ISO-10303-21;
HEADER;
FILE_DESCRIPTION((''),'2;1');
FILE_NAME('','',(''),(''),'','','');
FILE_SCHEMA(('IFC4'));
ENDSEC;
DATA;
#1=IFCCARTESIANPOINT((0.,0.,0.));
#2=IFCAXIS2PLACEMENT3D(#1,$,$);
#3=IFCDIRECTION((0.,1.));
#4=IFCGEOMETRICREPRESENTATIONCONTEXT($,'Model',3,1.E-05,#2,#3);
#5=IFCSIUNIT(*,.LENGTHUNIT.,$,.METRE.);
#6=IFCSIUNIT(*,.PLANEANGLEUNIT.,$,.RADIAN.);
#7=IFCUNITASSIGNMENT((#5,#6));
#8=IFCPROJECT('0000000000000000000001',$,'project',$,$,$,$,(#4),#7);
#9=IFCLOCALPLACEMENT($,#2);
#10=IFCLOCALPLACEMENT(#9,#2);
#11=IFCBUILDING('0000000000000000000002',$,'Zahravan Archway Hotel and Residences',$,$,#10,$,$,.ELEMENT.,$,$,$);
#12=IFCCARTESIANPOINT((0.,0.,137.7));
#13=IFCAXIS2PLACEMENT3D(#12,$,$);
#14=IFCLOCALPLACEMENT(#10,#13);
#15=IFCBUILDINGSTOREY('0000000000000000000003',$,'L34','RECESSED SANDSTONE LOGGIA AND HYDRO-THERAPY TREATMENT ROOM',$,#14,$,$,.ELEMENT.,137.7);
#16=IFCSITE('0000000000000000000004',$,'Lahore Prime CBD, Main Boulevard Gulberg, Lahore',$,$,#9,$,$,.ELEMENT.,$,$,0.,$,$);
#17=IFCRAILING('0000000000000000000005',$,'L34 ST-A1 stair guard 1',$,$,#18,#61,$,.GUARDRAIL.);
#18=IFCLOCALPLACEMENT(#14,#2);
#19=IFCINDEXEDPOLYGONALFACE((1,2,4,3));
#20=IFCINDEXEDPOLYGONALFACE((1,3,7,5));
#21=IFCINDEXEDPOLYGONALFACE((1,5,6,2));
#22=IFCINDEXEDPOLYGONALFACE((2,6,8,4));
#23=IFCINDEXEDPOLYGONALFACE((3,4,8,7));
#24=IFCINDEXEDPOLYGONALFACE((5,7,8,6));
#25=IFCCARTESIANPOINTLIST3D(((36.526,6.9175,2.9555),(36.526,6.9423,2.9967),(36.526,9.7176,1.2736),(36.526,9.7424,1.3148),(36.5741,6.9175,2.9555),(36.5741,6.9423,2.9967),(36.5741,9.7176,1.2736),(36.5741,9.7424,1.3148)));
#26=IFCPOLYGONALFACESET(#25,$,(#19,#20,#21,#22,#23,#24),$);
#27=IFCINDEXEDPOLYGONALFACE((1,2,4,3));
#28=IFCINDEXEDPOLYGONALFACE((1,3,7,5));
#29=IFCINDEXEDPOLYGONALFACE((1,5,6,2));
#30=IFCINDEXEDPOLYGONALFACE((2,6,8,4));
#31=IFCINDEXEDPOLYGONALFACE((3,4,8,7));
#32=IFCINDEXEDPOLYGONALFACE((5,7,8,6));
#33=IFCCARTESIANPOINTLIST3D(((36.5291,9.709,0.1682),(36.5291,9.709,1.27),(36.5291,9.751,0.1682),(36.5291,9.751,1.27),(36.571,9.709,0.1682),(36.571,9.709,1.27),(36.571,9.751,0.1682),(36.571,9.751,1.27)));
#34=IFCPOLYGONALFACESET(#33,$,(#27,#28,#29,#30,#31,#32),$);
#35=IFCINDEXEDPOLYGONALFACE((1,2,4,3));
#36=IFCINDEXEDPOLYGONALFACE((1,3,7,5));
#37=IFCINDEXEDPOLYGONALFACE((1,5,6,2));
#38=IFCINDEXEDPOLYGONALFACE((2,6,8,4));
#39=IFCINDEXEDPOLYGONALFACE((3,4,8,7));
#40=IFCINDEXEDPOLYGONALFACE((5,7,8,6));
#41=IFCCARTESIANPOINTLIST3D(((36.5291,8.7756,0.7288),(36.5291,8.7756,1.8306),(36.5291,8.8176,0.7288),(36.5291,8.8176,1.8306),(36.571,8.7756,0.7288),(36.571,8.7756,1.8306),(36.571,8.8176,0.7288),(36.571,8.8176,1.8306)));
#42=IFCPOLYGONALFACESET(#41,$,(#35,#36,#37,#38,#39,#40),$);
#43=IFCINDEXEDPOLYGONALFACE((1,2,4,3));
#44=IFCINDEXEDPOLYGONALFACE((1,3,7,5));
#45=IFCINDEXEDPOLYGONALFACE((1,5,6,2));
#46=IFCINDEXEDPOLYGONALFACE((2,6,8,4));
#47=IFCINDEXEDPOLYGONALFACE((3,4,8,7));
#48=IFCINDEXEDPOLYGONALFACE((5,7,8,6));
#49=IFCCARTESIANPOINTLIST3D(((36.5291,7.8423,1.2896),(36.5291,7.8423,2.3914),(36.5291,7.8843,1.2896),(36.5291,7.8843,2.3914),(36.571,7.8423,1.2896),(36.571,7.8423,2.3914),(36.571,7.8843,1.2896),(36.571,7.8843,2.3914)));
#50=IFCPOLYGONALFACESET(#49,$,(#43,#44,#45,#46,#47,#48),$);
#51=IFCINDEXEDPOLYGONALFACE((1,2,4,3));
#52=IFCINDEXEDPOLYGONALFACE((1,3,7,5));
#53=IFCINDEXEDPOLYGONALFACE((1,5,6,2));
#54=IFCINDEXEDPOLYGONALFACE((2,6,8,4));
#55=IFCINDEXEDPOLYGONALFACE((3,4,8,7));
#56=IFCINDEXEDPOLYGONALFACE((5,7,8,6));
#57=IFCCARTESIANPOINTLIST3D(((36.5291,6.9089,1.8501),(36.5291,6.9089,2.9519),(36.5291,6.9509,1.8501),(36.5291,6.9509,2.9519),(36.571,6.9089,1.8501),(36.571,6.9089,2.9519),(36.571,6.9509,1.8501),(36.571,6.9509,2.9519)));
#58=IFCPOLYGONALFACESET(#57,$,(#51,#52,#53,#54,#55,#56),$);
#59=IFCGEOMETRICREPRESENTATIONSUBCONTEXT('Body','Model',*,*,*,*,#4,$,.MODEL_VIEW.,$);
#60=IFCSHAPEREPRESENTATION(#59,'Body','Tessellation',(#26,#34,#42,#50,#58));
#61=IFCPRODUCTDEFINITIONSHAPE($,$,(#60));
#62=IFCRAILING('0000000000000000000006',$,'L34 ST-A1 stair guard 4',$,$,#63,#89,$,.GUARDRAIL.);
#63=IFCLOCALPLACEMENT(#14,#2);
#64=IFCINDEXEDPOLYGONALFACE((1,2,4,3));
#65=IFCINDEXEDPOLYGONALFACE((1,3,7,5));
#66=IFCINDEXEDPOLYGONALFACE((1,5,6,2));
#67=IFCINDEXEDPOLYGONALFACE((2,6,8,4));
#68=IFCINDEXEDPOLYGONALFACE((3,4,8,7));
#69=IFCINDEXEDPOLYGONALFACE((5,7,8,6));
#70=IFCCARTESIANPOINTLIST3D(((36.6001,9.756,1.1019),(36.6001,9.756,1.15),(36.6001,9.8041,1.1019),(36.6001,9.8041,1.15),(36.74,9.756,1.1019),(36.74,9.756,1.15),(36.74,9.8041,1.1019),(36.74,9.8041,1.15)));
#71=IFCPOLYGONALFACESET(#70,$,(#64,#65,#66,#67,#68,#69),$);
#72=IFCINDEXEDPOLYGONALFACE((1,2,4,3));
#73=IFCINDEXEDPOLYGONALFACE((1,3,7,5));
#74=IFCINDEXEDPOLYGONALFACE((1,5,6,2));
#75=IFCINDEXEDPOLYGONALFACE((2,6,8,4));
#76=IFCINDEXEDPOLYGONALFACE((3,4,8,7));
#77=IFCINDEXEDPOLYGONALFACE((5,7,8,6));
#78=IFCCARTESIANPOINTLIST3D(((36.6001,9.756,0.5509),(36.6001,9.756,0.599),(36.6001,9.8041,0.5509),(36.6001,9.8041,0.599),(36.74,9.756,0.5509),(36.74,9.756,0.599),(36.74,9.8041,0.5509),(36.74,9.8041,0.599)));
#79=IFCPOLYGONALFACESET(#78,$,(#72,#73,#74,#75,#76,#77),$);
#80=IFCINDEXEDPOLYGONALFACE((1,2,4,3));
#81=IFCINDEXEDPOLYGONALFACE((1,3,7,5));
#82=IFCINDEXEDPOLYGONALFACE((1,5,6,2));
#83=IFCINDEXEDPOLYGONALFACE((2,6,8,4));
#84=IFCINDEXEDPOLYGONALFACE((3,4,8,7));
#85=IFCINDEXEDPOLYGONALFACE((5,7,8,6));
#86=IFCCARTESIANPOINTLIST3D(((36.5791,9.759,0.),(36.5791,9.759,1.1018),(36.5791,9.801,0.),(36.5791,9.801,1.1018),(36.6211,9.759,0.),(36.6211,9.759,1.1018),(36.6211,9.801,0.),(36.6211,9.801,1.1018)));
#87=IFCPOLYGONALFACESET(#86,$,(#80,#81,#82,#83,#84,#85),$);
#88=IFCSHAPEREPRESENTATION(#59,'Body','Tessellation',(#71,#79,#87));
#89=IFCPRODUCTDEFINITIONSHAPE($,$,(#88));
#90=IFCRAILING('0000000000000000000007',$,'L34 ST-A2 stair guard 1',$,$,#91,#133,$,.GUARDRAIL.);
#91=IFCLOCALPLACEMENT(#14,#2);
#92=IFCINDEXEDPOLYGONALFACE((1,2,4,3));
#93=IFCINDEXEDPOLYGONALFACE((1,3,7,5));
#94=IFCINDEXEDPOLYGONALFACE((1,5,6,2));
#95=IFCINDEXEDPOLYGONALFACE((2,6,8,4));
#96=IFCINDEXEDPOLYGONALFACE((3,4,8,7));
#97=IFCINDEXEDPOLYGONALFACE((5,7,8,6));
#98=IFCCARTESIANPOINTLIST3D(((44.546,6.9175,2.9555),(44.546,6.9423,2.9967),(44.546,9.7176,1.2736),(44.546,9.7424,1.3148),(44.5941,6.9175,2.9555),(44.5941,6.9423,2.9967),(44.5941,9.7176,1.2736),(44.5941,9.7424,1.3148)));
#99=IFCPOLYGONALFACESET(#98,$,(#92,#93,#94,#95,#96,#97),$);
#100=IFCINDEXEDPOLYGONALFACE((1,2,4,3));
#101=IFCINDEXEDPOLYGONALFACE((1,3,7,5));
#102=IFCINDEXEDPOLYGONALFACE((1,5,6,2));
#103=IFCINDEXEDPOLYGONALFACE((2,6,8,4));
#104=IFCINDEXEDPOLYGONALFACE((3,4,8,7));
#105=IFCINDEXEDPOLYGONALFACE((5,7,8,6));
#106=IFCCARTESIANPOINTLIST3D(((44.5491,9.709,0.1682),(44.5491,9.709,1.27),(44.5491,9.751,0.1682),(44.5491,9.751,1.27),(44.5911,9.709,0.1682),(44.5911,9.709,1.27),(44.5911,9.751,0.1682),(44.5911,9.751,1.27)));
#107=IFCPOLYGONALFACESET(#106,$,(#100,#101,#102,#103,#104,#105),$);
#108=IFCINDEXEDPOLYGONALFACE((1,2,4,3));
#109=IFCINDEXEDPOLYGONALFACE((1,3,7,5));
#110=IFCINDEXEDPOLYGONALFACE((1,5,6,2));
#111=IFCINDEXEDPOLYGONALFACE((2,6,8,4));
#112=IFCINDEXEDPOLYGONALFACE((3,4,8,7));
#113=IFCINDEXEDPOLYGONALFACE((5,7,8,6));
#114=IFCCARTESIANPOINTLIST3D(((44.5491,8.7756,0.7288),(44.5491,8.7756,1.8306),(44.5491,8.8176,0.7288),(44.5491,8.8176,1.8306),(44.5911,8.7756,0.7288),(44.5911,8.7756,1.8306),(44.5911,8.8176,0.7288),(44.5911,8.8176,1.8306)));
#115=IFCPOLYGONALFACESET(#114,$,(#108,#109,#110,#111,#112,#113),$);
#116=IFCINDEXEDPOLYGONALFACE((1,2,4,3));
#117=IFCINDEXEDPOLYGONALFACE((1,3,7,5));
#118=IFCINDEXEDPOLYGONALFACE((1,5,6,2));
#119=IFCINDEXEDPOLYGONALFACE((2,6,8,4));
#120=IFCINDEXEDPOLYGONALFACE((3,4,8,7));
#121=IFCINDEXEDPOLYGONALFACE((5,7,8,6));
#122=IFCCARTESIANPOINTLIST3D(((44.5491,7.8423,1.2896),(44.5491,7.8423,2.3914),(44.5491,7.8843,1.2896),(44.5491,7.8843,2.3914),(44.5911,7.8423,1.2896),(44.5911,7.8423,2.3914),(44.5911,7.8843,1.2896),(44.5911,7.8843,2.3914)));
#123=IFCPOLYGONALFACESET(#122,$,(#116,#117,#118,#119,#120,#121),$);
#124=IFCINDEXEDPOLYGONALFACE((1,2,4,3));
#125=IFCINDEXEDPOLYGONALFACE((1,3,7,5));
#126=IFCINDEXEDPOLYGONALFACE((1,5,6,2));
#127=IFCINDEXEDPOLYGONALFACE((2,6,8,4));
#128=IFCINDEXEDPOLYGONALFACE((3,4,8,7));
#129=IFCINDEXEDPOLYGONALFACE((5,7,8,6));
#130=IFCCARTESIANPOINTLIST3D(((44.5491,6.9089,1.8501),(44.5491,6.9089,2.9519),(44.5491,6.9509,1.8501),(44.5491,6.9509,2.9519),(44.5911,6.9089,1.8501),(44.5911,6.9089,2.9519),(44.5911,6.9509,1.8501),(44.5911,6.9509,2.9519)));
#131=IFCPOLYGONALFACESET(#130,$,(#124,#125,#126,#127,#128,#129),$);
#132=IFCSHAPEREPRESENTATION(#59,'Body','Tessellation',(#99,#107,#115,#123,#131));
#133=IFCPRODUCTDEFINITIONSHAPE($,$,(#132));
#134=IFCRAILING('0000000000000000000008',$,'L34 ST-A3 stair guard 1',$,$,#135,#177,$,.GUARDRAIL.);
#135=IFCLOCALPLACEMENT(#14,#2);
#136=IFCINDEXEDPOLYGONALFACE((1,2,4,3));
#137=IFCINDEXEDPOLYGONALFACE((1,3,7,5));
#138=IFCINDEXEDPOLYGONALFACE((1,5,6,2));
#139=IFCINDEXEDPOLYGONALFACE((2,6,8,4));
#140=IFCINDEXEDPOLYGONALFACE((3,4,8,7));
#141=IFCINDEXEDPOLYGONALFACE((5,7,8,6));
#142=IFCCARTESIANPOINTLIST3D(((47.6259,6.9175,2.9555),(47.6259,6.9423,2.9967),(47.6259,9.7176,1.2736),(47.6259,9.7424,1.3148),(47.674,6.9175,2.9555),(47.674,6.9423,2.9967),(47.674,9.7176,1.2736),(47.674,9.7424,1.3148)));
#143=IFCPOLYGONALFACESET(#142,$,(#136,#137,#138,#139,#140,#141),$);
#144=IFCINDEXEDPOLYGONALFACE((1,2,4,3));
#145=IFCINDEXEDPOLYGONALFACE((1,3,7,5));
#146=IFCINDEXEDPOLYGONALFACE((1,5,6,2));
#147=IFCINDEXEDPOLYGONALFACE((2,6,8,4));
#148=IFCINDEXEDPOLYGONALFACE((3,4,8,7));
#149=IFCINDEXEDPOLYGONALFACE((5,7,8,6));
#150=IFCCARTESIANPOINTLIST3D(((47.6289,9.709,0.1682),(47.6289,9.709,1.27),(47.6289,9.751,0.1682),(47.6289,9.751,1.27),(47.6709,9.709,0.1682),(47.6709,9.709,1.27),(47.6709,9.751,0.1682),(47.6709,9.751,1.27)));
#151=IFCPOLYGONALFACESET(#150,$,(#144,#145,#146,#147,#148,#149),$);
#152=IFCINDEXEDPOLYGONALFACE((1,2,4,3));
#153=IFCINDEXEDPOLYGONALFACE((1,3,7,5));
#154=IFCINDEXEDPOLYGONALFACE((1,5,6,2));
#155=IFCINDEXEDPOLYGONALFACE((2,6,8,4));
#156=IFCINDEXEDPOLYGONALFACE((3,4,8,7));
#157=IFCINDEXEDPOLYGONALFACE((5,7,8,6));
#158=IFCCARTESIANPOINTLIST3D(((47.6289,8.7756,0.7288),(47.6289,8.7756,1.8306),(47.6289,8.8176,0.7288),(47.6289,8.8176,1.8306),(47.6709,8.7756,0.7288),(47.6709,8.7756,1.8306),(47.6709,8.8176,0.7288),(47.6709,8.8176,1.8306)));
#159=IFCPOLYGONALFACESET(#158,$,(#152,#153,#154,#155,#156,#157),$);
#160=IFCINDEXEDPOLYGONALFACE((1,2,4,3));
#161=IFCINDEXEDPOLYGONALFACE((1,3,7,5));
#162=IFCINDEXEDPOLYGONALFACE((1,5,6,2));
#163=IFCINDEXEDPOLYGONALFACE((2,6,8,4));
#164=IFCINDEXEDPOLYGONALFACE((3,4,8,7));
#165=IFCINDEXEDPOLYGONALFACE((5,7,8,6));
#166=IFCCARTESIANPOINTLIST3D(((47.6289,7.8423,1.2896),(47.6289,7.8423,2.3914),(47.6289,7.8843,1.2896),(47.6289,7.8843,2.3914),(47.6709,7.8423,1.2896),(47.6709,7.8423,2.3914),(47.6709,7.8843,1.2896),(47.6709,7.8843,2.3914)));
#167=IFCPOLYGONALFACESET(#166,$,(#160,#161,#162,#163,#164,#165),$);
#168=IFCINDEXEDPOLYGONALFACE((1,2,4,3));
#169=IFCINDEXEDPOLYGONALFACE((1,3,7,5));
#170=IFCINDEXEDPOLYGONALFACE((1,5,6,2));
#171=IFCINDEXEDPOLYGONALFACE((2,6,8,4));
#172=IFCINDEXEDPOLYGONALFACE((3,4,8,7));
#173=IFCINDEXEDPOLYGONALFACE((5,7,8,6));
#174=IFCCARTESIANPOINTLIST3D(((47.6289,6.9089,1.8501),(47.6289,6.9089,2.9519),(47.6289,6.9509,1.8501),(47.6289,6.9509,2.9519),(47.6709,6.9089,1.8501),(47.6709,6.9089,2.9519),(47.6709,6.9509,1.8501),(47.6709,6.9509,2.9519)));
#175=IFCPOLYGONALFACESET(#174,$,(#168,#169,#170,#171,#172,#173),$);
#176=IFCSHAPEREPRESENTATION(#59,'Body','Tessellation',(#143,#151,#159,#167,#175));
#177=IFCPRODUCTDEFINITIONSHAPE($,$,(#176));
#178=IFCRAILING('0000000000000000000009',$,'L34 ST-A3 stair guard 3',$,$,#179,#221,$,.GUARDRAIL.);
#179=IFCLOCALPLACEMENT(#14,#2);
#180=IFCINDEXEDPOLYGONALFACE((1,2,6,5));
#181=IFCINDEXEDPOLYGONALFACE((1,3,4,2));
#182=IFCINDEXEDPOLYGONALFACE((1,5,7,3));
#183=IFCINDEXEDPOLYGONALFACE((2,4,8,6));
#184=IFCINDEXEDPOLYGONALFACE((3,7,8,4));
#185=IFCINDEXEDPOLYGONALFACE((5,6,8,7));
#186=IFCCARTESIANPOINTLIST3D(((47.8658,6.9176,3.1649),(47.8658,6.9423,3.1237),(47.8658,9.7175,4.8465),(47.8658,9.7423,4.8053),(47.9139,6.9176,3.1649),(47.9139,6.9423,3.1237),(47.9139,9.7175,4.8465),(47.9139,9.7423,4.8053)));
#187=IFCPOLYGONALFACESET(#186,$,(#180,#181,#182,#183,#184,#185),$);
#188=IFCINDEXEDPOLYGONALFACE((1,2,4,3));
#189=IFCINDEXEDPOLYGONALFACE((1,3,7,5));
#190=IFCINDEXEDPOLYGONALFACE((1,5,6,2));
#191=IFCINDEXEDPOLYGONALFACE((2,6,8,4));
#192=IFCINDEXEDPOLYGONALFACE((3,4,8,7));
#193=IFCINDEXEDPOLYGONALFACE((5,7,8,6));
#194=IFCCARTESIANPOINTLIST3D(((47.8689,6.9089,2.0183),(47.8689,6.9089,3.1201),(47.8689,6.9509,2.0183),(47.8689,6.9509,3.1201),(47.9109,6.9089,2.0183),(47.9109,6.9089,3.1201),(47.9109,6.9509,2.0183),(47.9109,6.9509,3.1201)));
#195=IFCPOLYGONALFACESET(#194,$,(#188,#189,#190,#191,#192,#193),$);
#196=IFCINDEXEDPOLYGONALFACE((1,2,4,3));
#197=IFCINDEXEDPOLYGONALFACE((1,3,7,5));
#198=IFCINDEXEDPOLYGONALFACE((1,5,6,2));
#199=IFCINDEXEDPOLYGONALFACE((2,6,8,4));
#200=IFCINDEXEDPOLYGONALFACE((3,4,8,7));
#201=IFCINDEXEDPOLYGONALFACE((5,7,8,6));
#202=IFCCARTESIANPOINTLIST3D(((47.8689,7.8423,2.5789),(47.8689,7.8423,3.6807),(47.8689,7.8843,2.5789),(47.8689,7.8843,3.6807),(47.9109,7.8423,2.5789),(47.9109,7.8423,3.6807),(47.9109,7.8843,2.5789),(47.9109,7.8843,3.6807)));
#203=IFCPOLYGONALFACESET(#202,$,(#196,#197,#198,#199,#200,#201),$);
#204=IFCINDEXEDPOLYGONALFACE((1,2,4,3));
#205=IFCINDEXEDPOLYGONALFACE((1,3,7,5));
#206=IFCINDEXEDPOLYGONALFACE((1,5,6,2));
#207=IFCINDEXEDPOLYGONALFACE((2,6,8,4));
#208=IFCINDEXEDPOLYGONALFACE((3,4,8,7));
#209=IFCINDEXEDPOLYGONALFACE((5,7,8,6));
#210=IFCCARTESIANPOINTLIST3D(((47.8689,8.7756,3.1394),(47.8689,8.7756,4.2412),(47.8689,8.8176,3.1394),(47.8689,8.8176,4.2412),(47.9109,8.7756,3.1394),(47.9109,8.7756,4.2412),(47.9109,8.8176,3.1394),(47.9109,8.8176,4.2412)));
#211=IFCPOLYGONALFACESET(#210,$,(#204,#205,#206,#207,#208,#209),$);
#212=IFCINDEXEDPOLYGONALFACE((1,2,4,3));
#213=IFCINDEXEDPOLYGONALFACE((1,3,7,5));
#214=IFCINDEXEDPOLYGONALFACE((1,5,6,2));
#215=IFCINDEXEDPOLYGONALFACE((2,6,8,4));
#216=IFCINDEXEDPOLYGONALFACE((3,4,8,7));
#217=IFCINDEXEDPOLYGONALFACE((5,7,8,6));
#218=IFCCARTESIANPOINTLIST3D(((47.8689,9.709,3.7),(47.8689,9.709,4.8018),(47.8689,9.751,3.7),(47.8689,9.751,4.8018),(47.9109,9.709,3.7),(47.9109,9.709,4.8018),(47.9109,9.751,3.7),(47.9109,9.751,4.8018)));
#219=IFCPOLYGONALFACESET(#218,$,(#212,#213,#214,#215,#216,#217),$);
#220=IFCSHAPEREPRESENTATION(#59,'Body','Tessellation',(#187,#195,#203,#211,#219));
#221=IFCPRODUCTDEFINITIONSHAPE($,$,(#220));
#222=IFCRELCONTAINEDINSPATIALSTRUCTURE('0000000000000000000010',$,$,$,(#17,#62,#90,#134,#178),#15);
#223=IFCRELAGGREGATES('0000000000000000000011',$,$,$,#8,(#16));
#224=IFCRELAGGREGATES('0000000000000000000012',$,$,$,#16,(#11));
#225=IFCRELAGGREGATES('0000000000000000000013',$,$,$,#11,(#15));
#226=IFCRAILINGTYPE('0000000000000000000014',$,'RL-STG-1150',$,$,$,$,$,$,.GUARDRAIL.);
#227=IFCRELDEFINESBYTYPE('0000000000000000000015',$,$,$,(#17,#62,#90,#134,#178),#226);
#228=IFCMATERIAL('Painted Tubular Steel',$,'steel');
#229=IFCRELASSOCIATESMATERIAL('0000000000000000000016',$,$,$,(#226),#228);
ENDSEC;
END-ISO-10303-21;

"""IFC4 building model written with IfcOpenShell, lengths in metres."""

from ifc_helpers import new_model, si_unit, direction, frame, origin, origin_2d, place, context, subcontext, project, spatial, rectangle, extrude, material, type_object, element, save


model = new_model("IFC4")

# Units and contexts
model_context = context("Model", 3, precision=1e-05, world=origin(), true_north=direction((0.0, 1.0)))
body_context = subcontext(model_context, "Body", "Model", "MODEL_VIEW")
ifc_project = project(units=[si_unit("LENGTHUNIT", "METRE"), si_unit("PLANEANGLEUNIT", "RADIAN")], contexts=[model_context])

# Site, building, storey
site_placement = place(None, origin())
site = spatial("IfcSite", under=ifc_project, at=site_placement, Name="Lahore Prime CBD, Main Boulevard Gulberg, Lahore", CompositionType="ELEMENT", RefElevation=0.0)
building_placement = place(site_placement, origin())
building = spatial("IfcBuilding", under=site, at=building_placement, Name="Zahravan Archway Hotel and Residences", CompositionType="ELEMENT")
storey_placement = place(building_placement, frame((0.0, 0.0, 137.7)))
storey = spatial("IfcBuildingStorey", under=building, at=storey_placement, Name="L34", Description="RECESSED SANDSTONE LOGGIA AND HYDRO-THERAPY TREATMENT ROOM", CompositionType="ELEMENT", Elevation=137.7)

# Railings
ifc_material_1 = material(Name="Painted Tubular Steel", Category="steel")
railing_type_1 = type_object("IfcRailingType", Name="RL-STG-1150", PredefinedType="GUARDRAIL", material=ifc_material_1)
railing_1_placement = place(storey_placement, frame((36.55, 9.73, 0.1682)))
element("IfcRailing", 1, at=railing_1_placement, inside=storey, type_object=railing_type_1, Name="L34 ST-A1 stair guard 1", PredefinedType="GUARDRAIL", context=body_context, shape_type="SweptSolid", body=[
    extrude(rectangle(XDim=0.0481, YDim=0.0481, at=origin_2d()), frame((0.0, 0.0, 1.126), z_axis=(0.0, -0.857242, 0.514913), x_axis=(1.0, 0.0, 0.0)), (0.0, 0.0, 1.0), 3.2664),
    extrude(rectangle(XDim=0.042, YDim=0.042, at=origin_2d()), origin(), (0.0, 0.0, 1.0), 1.1018),
    extrude(rectangle(XDim=0.042, YDim=0.042, at=origin_2d()), frame((0.0, -0.9333, 0.5605)), (0.0, 0.0, 1.0), 1.1018),
    extrude(rectangle(XDim=0.042, YDim=0.042, at=origin_2d()), frame((0.0, -1.8667, 1.1213)), (0.0, 0.0, 1.0), 1.1018),
    extrude(rectangle(XDim=0.042, YDim=0.042, at=origin_2d()), frame((0.0, -2.8, 1.6819)), (0.0, 0.0, 1.0), 1.1018),
])
railing_2_placement = place(storey_placement, frame((36.6001, 9.78, 0.0)))
element("IfcRailing", 2, at=railing_2_placement, inside=storey, type_object=railing_type_1, Name="L34 ST-A1 stair guard 4", PredefinedType="GUARDRAIL", context=body_context, shape_type="SweptSolid", body=[
    extrude(rectangle(XDim=0.0481, YDim=0.0481, at=origin_2d()), frame((0.0, 0.0, 1.126), z_axis=(1.0, 0.0, 0.0), x_axis=(0.0, 1.0, 0.0)), (0.0, 0.0, 1.0), 0.1399),
    extrude(rectangle(XDim=0.0481, YDim=0.0481, at=origin_2d()), frame((0.0, 0.0, 0.575), z_axis=(1.0, 0.0, 0.0), x_axis=(0.0, 1.0, 0.0)), (0.0, 0.0, 1.0), 0.1399),
    extrude(rectangle(XDim=0.042, YDim=0.042, at=origin_2d()), origin(), (0.0, 0.0, 1.0), 1.1018),
])
for number, where, name in (
    (3, (44.5701, 9.73, 0.1682), "L34 ST-A2 stair guard 1"),
    (4, (47.6499, 9.73, 0.1682), "L34 ST-A3 stair guard 1"),
):
    element("IfcRailing", number, at=place(storey_placement, frame(where)), inside=storey, type_object=railing_type_1, Name=name, PredefinedType="GUARDRAIL", context=body_context, shape_type="SweptSolid", body=[
        extrude(rectangle(XDim=0.0481, YDim=0.0481, at=origin_2d()), frame((0.0, 0.0, 1.126), z_axis=(0.0, -0.857242, 0.514913), x_axis=(1.0, 0.0, 0.0)), (0.0, 0.0, 1.0), 3.2664),
        extrude(rectangle(XDim=0.042, YDim=0.042, at=origin_2d()), origin(), (0.0, 0.0, 1.0), 1.1018),
        extrude(rectangle(XDim=0.042, YDim=0.042, at=origin_2d()), frame((0.0, -0.9333, 0.5605)), (0.0, 0.0, 1.0), 1.1018),
        extrude(rectangle(XDim=0.042, YDim=0.042, at=origin_2d()), frame((0.0, -1.8667, 1.1213)), (0.0, 0.0, 1.0), 1.1018),
        extrude(rectangle(XDim=0.042, YDim=0.042, at=origin_2d()), frame((0.0, -2.8, 1.6819)), (0.0, 0.0, 1.0), 1.1018),
    ])
railing_3_placement = place(storey_placement, frame((47.8899, 6.9299, 2.0183)))
element("IfcRailing", 5, at=railing_3_placement, inside=storey, type_object=railing_type_1, Name="L34 ST-A3 stair guard 3", PredefinedType="GUARDRAIL", context=body_context, shape_type="SweptSolid", body=[
    extrude(rectangle(XDim=0.0481, YDim=0.0481, at=origin_2d()), frame((0.0, 0.0, 1.126), z_axis=(0.0, 0.857275, 0.514858), x_axis=(-1.0, 0.0, 0.0)), (0.0, 0.0, 1.0), 3.2661),
    extrude(rectangle(XDim=0.042, YDim=0.042, at=origin_2d()), origin(), (0.0, 0.0, 1.0), 1.1018),
    extrude(rectangle(XDim=0.042, YDim=0.042, at=origin_2d()), frame((0.0, 0.9333, 0.5605)), (0.0, 0.0, 1.0), 1.1018),
    extrude(rectangle(XDim=0.042, YDim=0.042, at=origin_2d()), frame((0.0, 1.8667, 1.1211)), (0.0, 0.0, 1.0), 1.1018),
    extrude(rectangle(XDim=0.042, YDim=0.042, at=origin_2d()), frame((0.0, 2.8, 1.6816)), (0.0, 0.0, 1.0), 1.1018),
])

save(model, "model.ifc")
